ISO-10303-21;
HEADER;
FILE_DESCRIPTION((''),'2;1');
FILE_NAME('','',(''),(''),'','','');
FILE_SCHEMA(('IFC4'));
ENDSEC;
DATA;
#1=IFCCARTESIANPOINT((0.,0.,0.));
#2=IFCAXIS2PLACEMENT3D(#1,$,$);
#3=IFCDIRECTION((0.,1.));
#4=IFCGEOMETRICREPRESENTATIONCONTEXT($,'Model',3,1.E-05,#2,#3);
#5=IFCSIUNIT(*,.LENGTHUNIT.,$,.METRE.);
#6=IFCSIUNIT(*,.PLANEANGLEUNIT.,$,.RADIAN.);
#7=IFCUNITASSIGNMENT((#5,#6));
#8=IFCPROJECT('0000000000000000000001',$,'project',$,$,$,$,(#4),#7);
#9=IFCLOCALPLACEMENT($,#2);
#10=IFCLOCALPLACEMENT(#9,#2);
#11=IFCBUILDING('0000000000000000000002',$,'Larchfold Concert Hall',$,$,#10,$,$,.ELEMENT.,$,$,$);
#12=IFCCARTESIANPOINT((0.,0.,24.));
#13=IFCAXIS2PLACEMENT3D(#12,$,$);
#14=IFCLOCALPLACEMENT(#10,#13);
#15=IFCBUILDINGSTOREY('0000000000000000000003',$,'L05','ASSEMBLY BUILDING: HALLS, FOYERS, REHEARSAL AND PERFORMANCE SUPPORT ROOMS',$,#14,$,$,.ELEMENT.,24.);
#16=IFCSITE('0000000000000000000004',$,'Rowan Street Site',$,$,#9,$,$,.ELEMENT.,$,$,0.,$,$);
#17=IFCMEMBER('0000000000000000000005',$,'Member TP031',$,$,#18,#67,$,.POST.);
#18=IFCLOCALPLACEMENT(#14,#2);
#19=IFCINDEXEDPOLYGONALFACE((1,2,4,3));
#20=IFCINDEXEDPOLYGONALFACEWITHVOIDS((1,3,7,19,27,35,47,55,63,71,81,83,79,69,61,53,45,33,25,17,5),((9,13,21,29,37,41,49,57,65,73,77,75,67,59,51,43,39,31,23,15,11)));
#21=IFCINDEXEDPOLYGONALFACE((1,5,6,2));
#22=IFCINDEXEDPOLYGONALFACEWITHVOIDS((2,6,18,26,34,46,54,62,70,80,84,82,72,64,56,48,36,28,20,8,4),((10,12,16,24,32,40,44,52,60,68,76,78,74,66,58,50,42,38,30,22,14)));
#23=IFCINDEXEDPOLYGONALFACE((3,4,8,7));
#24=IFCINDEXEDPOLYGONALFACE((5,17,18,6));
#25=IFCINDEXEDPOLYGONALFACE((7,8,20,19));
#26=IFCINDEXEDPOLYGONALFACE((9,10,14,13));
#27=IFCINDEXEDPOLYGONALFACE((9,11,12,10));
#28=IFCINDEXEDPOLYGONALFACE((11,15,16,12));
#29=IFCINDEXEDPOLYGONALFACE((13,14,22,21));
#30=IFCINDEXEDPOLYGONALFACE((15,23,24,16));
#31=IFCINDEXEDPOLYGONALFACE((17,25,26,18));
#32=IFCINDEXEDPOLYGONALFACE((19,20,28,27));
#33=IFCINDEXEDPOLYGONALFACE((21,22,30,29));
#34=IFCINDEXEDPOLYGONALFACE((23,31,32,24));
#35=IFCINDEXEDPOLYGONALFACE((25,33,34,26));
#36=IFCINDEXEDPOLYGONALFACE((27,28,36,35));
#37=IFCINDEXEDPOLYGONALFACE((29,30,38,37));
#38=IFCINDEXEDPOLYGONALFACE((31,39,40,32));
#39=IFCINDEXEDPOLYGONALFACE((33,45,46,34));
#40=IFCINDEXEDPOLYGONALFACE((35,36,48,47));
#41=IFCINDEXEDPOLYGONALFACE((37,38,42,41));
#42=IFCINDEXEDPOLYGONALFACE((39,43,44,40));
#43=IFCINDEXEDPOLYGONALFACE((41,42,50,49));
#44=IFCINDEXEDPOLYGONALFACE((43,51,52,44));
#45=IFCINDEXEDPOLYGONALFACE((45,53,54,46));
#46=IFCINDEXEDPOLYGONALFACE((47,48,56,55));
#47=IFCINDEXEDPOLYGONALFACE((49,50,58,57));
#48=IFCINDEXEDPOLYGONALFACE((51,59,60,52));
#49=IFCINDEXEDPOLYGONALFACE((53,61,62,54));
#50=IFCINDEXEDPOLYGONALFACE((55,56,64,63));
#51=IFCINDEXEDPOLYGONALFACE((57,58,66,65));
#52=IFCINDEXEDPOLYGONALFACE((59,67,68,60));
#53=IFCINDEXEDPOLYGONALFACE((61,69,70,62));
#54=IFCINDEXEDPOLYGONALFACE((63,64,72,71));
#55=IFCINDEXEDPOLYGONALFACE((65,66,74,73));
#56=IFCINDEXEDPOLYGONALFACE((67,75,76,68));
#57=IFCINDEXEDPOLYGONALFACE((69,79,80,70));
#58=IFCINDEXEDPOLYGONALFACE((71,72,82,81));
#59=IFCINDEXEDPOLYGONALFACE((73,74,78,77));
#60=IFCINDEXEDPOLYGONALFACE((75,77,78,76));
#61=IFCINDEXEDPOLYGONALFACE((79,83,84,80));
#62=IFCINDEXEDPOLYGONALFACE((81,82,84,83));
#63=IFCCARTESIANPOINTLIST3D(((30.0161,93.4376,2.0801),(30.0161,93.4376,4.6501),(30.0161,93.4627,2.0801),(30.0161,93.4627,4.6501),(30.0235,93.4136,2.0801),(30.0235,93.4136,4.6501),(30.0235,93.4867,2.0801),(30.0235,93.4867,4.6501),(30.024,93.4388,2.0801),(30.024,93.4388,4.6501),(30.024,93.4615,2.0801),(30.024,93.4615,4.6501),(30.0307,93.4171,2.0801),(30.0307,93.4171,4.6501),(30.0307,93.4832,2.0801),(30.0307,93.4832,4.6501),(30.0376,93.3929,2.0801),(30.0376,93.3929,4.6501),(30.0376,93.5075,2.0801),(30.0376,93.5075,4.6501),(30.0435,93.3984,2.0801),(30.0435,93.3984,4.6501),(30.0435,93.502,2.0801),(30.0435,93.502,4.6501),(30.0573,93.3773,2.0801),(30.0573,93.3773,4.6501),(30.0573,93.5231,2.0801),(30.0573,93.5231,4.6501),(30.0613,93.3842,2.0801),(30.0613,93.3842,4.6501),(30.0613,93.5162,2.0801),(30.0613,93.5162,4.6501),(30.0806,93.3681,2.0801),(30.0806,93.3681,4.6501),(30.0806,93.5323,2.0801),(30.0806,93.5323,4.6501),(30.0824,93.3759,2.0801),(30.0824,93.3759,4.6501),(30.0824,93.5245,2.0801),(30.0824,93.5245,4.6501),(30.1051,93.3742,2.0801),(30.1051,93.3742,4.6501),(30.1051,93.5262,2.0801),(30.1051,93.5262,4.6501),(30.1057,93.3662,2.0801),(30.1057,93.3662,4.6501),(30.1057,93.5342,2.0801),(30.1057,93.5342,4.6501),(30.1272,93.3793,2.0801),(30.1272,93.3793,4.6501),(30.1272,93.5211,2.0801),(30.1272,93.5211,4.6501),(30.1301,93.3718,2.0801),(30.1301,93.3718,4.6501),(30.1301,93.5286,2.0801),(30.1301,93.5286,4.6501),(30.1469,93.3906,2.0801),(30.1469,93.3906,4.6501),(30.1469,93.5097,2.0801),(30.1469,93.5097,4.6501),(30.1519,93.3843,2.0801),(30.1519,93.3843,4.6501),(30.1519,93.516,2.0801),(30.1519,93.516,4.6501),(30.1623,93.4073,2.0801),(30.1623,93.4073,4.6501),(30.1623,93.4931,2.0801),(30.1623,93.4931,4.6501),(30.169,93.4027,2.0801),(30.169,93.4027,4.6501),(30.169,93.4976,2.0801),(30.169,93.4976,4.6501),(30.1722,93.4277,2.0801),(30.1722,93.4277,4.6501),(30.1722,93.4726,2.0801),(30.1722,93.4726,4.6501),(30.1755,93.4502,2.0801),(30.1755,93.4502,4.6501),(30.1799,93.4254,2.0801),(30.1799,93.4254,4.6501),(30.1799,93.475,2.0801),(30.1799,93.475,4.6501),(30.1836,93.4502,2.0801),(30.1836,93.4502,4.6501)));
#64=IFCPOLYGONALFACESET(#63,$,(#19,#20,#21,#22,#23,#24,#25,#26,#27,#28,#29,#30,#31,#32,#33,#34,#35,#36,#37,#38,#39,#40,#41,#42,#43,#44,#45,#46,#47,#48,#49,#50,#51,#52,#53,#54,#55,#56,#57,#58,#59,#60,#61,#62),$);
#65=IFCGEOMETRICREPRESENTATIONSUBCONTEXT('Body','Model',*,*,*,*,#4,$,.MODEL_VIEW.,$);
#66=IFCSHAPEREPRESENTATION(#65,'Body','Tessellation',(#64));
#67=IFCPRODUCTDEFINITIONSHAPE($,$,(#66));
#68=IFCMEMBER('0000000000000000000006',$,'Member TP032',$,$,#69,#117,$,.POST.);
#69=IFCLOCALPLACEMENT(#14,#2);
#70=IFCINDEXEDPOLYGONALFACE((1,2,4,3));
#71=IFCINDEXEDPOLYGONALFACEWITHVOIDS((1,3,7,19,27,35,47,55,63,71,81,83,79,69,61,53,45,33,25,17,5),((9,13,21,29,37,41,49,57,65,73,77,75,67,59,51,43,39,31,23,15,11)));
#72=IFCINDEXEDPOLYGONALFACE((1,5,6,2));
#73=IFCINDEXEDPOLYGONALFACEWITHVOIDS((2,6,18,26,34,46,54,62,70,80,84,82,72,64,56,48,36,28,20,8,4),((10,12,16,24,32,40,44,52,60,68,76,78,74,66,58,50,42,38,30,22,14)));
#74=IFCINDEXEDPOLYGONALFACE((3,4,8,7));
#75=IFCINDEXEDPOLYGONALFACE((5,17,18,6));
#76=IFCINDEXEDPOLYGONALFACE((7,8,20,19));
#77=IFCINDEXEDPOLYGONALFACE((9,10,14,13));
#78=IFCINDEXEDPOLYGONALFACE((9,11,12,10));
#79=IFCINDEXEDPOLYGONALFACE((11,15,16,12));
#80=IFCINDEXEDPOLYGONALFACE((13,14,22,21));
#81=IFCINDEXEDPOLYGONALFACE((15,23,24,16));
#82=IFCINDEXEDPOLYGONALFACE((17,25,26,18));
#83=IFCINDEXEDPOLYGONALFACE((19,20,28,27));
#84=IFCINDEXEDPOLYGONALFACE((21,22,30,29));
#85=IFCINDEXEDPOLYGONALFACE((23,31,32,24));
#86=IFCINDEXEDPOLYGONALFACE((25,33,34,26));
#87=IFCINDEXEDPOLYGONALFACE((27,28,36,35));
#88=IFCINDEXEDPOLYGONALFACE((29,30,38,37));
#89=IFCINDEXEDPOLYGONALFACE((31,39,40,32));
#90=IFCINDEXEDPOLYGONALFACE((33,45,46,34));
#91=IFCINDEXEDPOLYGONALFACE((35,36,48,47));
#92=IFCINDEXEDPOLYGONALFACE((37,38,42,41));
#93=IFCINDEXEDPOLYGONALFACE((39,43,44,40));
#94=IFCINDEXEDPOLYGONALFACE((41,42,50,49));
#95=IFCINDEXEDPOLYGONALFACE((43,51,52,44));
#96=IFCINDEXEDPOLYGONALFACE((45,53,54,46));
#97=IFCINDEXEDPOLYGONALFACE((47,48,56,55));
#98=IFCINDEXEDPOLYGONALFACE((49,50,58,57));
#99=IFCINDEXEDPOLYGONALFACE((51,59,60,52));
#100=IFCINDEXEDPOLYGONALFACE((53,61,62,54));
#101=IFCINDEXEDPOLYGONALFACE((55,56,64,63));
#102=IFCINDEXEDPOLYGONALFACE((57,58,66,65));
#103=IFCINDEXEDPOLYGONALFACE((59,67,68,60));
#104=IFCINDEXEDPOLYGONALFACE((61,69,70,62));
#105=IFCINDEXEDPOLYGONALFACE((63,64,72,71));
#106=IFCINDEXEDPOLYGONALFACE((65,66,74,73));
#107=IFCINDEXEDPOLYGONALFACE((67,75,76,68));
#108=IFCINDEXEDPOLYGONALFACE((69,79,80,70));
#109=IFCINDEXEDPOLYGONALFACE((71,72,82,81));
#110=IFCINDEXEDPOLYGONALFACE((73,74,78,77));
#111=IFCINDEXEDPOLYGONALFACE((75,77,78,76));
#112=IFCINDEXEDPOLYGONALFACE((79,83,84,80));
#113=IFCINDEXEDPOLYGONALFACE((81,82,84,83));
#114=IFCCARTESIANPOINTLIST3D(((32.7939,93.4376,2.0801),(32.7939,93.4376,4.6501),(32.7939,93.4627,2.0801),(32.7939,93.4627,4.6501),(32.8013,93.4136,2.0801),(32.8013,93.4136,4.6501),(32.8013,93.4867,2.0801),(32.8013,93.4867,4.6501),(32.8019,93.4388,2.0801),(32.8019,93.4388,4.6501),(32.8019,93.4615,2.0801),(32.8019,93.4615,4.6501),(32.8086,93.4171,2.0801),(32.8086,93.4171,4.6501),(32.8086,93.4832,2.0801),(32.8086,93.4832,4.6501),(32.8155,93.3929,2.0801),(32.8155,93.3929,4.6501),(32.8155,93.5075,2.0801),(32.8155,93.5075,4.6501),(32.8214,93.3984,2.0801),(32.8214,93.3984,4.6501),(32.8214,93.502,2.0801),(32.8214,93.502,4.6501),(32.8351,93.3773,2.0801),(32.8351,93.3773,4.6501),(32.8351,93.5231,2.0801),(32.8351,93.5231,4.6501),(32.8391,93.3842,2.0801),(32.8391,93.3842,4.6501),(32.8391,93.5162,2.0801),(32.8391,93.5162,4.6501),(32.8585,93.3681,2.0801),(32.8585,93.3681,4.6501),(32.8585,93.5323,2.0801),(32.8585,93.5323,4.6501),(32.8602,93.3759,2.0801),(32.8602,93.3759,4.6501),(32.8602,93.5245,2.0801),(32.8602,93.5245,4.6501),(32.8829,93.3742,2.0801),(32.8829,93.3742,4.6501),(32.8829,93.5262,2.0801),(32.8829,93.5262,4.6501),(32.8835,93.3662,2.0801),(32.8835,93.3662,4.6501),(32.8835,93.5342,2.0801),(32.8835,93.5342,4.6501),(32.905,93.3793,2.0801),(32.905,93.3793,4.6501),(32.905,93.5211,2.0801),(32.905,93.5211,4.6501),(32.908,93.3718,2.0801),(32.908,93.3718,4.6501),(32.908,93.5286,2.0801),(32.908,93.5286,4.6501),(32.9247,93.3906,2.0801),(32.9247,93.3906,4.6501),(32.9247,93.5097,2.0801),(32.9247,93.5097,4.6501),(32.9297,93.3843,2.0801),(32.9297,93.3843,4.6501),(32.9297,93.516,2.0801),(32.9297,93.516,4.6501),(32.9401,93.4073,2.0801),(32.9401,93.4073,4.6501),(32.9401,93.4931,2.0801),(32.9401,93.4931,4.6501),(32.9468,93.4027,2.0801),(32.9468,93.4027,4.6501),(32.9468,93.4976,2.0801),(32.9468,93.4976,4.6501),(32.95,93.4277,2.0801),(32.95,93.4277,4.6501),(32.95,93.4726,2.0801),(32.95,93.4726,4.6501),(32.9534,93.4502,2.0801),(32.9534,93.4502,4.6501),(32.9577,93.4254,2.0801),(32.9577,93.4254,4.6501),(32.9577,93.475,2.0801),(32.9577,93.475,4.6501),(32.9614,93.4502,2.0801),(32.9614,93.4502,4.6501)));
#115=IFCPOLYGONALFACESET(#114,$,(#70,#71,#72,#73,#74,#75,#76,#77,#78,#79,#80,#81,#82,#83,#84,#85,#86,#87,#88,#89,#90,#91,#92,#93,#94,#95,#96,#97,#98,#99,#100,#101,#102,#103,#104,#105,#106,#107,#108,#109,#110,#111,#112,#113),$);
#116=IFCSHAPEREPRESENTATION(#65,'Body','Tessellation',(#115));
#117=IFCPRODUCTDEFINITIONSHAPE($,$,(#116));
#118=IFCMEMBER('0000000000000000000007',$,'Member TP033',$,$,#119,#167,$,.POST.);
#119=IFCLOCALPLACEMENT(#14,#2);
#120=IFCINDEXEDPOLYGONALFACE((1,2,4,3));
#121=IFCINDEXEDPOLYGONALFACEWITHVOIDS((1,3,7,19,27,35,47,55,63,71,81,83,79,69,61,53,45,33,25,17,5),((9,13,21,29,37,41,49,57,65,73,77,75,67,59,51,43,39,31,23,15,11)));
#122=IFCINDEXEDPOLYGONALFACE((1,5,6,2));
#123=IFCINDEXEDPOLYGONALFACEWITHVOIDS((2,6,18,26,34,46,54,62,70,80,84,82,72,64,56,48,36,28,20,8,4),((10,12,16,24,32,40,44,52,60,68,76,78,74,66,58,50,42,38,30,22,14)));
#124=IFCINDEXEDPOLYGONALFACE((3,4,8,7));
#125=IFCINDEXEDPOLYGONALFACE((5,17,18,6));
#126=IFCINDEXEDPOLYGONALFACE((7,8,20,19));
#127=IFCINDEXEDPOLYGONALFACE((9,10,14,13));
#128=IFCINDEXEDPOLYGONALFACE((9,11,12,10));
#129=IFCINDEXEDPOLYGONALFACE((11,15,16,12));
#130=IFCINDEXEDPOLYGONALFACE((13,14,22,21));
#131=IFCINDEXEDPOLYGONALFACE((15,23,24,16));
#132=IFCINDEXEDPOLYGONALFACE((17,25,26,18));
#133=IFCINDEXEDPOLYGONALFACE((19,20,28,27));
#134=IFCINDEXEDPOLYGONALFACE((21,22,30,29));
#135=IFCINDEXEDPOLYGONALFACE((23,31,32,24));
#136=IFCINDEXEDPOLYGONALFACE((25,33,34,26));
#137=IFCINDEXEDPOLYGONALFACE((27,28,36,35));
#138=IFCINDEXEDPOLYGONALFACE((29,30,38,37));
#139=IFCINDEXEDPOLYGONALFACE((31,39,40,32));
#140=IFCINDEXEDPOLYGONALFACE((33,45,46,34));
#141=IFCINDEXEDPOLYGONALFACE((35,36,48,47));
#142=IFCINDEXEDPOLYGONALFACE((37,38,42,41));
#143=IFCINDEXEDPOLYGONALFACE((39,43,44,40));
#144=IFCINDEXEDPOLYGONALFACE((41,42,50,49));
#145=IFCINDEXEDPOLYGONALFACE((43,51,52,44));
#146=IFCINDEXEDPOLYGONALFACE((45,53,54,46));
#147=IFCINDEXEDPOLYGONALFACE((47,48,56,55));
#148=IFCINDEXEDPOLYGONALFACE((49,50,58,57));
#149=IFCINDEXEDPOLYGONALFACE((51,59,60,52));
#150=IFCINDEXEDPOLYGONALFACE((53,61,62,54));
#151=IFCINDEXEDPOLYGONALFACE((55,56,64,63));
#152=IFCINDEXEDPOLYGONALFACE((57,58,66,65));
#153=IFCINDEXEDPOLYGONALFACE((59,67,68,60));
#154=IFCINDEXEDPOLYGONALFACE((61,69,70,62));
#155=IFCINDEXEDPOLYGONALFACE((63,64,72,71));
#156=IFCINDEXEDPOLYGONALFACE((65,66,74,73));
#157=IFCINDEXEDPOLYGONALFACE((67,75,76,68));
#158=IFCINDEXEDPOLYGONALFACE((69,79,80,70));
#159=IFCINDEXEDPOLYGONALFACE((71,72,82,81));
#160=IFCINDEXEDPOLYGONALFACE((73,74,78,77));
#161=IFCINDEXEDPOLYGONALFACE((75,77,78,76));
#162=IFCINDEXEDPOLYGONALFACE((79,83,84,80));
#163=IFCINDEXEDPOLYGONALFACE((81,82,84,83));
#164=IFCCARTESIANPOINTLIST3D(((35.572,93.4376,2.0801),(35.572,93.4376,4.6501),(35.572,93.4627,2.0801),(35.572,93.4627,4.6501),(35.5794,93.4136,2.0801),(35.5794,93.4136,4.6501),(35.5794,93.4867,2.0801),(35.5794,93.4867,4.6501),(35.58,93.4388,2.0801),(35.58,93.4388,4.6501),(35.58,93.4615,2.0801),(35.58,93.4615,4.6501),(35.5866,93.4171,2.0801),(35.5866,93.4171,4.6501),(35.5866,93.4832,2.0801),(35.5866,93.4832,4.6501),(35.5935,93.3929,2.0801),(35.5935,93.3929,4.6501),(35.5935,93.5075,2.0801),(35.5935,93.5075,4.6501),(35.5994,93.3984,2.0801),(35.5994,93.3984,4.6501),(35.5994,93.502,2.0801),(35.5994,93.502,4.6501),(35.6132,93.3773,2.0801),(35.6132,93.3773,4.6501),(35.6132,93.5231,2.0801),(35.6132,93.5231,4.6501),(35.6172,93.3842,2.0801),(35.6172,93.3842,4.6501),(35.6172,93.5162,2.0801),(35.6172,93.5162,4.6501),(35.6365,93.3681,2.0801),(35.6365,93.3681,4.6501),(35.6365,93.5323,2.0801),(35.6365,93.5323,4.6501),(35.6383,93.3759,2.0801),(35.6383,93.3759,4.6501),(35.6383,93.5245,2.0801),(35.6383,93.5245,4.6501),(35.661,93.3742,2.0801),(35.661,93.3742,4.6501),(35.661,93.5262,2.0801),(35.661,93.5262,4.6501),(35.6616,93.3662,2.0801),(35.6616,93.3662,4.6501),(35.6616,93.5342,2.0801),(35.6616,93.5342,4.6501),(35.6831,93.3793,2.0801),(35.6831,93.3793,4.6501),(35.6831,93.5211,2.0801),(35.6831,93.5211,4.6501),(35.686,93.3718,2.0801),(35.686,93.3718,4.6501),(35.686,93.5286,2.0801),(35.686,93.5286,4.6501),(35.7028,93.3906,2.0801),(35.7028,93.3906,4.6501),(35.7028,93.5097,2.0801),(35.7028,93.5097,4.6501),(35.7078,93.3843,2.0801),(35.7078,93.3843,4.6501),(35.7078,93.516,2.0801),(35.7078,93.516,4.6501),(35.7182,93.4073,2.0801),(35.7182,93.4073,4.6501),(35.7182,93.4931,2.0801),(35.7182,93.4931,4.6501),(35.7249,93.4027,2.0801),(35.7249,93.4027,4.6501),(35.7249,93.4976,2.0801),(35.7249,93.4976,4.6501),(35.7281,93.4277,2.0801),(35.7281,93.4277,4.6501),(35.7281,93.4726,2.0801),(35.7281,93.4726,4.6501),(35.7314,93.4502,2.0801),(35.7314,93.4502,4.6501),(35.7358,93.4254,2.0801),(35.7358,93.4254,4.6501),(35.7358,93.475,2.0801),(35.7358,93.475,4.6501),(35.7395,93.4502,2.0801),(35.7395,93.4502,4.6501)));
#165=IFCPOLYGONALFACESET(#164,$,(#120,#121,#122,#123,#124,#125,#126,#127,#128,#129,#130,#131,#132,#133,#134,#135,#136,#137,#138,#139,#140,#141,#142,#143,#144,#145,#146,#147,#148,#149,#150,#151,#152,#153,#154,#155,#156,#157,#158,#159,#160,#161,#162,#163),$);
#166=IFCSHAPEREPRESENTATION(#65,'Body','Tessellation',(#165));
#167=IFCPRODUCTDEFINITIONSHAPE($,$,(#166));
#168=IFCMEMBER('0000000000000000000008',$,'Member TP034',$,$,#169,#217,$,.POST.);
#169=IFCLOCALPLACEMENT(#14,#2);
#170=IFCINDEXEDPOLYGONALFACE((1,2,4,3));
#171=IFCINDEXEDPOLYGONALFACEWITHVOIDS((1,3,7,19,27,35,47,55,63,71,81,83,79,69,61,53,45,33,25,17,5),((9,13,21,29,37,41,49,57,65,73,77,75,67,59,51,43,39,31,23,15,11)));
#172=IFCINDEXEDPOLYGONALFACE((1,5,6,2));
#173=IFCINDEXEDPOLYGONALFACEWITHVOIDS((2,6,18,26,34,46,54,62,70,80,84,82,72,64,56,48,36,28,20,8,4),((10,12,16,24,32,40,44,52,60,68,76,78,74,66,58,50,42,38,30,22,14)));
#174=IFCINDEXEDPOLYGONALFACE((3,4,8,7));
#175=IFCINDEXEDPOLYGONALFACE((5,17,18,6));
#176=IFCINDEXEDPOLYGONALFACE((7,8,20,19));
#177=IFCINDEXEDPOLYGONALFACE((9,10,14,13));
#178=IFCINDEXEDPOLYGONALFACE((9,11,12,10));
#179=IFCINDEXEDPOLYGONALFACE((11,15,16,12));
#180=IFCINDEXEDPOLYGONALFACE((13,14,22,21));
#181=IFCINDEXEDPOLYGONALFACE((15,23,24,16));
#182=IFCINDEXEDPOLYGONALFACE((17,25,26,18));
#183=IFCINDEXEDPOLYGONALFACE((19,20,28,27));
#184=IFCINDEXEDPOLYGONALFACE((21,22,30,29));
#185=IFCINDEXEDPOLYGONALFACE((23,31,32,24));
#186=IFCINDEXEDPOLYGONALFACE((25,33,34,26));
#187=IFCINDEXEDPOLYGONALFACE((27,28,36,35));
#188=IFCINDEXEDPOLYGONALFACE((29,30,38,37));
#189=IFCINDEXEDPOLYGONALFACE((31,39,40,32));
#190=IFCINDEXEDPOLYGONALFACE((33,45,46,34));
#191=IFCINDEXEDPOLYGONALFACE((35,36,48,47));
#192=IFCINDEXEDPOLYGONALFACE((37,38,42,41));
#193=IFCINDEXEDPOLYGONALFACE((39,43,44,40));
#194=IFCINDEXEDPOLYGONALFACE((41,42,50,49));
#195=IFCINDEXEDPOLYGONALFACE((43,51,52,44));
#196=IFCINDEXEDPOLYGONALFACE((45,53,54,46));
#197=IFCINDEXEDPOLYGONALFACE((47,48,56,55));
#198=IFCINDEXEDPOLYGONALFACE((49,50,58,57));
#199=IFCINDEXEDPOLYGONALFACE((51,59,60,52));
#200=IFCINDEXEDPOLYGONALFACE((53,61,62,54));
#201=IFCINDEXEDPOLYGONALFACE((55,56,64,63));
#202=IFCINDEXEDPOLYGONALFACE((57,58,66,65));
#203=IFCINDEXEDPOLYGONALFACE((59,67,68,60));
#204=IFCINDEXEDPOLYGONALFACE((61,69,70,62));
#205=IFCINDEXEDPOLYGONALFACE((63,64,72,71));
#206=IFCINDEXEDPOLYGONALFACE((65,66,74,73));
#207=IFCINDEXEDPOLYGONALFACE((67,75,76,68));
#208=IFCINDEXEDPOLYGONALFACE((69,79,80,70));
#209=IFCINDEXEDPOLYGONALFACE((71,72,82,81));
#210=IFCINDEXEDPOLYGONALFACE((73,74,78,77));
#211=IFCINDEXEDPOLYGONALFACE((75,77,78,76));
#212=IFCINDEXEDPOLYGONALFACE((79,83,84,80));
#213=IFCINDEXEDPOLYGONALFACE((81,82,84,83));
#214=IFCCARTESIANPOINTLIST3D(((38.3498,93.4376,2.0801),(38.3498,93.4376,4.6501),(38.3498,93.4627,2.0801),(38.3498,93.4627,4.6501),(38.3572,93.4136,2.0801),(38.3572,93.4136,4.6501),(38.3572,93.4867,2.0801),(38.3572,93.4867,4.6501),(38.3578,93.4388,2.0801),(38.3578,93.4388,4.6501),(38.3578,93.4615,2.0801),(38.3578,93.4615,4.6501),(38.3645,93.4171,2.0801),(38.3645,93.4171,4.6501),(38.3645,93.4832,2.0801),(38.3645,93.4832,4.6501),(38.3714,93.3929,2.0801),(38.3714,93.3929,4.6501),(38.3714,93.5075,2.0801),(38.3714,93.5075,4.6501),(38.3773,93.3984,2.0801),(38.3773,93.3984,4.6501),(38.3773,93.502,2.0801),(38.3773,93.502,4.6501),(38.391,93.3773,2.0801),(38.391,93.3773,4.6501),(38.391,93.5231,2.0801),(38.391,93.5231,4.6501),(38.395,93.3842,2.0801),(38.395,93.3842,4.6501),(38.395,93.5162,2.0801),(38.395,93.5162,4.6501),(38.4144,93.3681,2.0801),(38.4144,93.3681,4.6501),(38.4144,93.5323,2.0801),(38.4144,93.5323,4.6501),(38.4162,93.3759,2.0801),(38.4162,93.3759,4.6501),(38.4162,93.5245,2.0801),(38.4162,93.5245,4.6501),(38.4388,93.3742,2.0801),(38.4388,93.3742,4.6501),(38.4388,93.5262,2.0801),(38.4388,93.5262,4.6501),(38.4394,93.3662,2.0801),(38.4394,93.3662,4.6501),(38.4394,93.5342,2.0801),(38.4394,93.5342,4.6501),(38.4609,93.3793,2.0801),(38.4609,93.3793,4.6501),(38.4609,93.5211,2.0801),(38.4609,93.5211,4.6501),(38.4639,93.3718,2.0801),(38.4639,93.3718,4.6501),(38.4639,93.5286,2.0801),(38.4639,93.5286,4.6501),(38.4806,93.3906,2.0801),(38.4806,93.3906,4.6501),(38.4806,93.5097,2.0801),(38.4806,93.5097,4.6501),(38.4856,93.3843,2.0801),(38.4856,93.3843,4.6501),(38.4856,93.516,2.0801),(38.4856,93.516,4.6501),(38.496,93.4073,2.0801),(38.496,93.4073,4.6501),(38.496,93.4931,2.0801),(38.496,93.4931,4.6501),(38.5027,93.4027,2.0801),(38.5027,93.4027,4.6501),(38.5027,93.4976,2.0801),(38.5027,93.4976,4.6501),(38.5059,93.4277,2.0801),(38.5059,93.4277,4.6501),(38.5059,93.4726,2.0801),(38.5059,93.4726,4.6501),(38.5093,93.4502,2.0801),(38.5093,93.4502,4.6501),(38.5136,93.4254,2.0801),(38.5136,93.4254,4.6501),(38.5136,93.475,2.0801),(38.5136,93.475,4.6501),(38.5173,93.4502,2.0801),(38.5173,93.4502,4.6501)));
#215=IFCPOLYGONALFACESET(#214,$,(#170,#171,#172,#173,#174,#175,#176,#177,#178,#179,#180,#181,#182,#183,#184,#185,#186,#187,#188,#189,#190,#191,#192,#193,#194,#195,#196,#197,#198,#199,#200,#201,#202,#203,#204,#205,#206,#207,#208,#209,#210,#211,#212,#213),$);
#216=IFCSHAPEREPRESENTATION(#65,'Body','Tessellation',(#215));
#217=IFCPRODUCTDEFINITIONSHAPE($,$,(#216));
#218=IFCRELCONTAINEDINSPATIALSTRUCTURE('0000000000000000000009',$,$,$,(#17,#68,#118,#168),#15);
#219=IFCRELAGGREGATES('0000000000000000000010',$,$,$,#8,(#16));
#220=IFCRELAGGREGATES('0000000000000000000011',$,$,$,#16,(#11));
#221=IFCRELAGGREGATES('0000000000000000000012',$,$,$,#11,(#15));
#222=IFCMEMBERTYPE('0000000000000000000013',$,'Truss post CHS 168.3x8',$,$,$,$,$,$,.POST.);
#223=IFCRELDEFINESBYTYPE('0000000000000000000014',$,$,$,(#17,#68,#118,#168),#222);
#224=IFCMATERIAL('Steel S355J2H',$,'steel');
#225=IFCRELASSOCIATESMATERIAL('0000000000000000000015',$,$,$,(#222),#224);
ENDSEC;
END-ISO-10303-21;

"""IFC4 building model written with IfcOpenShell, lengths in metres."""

from ifc_helpers import new_model, si_unit, direction, frame, origin, origin_2d, place, context, subcontext, project, spatial, hollow_circle, extrude, material, material_profile, profile_set, type_object, element, save


model = new_model("IFC4")

# Units and contexts
model_context = context("Model", 3, precision=1e-05, world=origin(), true_north=direction((0.0, 1.0)))
body_context = subcontext(model_context, "Body", "Model", "MODEL_VIEW")
ifc_project = project(units=[si_unit("LENGTHUNIT", "METRE"), si_unit("PLANEANGLEUNIT", "RADIAN")], contexts=[model_context])

# Site, building, storey
site_placement = place(None, origin())
site = spatial("IfcSite", under=ifc_project, at=site_placement, Name="Rowan Street Site", CompositionType="ELEMENT", RefElevation=0.0)
building_placement = place(site_placement, origin())
building = spatial("IfcBuilding", under=site, at=building_placement, Name="Larchfold Concert Hall", CompositionType="ELEMENT")
storey_placement = place(building_placement, frame((0.0, 0.0, 24.0)))
storey = spatial("IfcBuildingStorey", under=building, at=storey_placement, Name="L05", Description="ASSEMBLY BUILDING: HALLS, FOYERS, REHEARSAL AND PERFORMANCE SUPPORT ROOMS", CompositionType="ELEMENT", Elevation=24.0)

# Members
ifc_material_1 = material(Name="Steel S355J2H", Category="steel")
ifc_material_profile_1 = material_profile(ifc_material_1, hollow_circle(Radius=0.0842, WallThickness=0.0081, at=origin_2d()))
ifc_profile_set_1 = profile_set([ifc_material_profile_1], Name="Steel S355J2H")
member_type = type_object("IfcMemberType", Name="Truss post CHS 168.3x8", PredefinedType="POST", material=ifc_profile_set_1)
for number, where, z_axis, x_axis, name in (
    (1, (30.0994, 93.4502, 2.0801), (0.0, 0.0, 1.0), (1.0, 0.0, 0.0), "Member TP031"),
    (2, (32.8772, 93.4502, 2.0801), (0.0, 0.0, 1.0), (1.0, 0.0, 0.0), "Member TP032"),
    (3, (35.6553, 93.4502, 2.0801), (0.0, 0.0, 1.0), (1.0, 0.0, 0.0), "Member TP033"),
    (4, (38.4331, 93.4502, 2.0801), (0.0, 0.0, 1.0), (1.0, 0.0, 0.0), "Member TP034"),
):
    element("IfcMember", number, at=place(storey_placement, frame(where, z_axis=z_axis, x_axis=x_axis)), inside=storey, type_object=member_type, Name=name, PredefinedType="POST", context=body_context, shape_type="SweptSolid", body=[
        extrude(hollow_circle(Radius=0.0842, WallThickness=0.0081, at=origin_2d()), origin(), (0.0, 0.0, 1.0), 2.5701),
    ])

save(model, "model.ifc")
